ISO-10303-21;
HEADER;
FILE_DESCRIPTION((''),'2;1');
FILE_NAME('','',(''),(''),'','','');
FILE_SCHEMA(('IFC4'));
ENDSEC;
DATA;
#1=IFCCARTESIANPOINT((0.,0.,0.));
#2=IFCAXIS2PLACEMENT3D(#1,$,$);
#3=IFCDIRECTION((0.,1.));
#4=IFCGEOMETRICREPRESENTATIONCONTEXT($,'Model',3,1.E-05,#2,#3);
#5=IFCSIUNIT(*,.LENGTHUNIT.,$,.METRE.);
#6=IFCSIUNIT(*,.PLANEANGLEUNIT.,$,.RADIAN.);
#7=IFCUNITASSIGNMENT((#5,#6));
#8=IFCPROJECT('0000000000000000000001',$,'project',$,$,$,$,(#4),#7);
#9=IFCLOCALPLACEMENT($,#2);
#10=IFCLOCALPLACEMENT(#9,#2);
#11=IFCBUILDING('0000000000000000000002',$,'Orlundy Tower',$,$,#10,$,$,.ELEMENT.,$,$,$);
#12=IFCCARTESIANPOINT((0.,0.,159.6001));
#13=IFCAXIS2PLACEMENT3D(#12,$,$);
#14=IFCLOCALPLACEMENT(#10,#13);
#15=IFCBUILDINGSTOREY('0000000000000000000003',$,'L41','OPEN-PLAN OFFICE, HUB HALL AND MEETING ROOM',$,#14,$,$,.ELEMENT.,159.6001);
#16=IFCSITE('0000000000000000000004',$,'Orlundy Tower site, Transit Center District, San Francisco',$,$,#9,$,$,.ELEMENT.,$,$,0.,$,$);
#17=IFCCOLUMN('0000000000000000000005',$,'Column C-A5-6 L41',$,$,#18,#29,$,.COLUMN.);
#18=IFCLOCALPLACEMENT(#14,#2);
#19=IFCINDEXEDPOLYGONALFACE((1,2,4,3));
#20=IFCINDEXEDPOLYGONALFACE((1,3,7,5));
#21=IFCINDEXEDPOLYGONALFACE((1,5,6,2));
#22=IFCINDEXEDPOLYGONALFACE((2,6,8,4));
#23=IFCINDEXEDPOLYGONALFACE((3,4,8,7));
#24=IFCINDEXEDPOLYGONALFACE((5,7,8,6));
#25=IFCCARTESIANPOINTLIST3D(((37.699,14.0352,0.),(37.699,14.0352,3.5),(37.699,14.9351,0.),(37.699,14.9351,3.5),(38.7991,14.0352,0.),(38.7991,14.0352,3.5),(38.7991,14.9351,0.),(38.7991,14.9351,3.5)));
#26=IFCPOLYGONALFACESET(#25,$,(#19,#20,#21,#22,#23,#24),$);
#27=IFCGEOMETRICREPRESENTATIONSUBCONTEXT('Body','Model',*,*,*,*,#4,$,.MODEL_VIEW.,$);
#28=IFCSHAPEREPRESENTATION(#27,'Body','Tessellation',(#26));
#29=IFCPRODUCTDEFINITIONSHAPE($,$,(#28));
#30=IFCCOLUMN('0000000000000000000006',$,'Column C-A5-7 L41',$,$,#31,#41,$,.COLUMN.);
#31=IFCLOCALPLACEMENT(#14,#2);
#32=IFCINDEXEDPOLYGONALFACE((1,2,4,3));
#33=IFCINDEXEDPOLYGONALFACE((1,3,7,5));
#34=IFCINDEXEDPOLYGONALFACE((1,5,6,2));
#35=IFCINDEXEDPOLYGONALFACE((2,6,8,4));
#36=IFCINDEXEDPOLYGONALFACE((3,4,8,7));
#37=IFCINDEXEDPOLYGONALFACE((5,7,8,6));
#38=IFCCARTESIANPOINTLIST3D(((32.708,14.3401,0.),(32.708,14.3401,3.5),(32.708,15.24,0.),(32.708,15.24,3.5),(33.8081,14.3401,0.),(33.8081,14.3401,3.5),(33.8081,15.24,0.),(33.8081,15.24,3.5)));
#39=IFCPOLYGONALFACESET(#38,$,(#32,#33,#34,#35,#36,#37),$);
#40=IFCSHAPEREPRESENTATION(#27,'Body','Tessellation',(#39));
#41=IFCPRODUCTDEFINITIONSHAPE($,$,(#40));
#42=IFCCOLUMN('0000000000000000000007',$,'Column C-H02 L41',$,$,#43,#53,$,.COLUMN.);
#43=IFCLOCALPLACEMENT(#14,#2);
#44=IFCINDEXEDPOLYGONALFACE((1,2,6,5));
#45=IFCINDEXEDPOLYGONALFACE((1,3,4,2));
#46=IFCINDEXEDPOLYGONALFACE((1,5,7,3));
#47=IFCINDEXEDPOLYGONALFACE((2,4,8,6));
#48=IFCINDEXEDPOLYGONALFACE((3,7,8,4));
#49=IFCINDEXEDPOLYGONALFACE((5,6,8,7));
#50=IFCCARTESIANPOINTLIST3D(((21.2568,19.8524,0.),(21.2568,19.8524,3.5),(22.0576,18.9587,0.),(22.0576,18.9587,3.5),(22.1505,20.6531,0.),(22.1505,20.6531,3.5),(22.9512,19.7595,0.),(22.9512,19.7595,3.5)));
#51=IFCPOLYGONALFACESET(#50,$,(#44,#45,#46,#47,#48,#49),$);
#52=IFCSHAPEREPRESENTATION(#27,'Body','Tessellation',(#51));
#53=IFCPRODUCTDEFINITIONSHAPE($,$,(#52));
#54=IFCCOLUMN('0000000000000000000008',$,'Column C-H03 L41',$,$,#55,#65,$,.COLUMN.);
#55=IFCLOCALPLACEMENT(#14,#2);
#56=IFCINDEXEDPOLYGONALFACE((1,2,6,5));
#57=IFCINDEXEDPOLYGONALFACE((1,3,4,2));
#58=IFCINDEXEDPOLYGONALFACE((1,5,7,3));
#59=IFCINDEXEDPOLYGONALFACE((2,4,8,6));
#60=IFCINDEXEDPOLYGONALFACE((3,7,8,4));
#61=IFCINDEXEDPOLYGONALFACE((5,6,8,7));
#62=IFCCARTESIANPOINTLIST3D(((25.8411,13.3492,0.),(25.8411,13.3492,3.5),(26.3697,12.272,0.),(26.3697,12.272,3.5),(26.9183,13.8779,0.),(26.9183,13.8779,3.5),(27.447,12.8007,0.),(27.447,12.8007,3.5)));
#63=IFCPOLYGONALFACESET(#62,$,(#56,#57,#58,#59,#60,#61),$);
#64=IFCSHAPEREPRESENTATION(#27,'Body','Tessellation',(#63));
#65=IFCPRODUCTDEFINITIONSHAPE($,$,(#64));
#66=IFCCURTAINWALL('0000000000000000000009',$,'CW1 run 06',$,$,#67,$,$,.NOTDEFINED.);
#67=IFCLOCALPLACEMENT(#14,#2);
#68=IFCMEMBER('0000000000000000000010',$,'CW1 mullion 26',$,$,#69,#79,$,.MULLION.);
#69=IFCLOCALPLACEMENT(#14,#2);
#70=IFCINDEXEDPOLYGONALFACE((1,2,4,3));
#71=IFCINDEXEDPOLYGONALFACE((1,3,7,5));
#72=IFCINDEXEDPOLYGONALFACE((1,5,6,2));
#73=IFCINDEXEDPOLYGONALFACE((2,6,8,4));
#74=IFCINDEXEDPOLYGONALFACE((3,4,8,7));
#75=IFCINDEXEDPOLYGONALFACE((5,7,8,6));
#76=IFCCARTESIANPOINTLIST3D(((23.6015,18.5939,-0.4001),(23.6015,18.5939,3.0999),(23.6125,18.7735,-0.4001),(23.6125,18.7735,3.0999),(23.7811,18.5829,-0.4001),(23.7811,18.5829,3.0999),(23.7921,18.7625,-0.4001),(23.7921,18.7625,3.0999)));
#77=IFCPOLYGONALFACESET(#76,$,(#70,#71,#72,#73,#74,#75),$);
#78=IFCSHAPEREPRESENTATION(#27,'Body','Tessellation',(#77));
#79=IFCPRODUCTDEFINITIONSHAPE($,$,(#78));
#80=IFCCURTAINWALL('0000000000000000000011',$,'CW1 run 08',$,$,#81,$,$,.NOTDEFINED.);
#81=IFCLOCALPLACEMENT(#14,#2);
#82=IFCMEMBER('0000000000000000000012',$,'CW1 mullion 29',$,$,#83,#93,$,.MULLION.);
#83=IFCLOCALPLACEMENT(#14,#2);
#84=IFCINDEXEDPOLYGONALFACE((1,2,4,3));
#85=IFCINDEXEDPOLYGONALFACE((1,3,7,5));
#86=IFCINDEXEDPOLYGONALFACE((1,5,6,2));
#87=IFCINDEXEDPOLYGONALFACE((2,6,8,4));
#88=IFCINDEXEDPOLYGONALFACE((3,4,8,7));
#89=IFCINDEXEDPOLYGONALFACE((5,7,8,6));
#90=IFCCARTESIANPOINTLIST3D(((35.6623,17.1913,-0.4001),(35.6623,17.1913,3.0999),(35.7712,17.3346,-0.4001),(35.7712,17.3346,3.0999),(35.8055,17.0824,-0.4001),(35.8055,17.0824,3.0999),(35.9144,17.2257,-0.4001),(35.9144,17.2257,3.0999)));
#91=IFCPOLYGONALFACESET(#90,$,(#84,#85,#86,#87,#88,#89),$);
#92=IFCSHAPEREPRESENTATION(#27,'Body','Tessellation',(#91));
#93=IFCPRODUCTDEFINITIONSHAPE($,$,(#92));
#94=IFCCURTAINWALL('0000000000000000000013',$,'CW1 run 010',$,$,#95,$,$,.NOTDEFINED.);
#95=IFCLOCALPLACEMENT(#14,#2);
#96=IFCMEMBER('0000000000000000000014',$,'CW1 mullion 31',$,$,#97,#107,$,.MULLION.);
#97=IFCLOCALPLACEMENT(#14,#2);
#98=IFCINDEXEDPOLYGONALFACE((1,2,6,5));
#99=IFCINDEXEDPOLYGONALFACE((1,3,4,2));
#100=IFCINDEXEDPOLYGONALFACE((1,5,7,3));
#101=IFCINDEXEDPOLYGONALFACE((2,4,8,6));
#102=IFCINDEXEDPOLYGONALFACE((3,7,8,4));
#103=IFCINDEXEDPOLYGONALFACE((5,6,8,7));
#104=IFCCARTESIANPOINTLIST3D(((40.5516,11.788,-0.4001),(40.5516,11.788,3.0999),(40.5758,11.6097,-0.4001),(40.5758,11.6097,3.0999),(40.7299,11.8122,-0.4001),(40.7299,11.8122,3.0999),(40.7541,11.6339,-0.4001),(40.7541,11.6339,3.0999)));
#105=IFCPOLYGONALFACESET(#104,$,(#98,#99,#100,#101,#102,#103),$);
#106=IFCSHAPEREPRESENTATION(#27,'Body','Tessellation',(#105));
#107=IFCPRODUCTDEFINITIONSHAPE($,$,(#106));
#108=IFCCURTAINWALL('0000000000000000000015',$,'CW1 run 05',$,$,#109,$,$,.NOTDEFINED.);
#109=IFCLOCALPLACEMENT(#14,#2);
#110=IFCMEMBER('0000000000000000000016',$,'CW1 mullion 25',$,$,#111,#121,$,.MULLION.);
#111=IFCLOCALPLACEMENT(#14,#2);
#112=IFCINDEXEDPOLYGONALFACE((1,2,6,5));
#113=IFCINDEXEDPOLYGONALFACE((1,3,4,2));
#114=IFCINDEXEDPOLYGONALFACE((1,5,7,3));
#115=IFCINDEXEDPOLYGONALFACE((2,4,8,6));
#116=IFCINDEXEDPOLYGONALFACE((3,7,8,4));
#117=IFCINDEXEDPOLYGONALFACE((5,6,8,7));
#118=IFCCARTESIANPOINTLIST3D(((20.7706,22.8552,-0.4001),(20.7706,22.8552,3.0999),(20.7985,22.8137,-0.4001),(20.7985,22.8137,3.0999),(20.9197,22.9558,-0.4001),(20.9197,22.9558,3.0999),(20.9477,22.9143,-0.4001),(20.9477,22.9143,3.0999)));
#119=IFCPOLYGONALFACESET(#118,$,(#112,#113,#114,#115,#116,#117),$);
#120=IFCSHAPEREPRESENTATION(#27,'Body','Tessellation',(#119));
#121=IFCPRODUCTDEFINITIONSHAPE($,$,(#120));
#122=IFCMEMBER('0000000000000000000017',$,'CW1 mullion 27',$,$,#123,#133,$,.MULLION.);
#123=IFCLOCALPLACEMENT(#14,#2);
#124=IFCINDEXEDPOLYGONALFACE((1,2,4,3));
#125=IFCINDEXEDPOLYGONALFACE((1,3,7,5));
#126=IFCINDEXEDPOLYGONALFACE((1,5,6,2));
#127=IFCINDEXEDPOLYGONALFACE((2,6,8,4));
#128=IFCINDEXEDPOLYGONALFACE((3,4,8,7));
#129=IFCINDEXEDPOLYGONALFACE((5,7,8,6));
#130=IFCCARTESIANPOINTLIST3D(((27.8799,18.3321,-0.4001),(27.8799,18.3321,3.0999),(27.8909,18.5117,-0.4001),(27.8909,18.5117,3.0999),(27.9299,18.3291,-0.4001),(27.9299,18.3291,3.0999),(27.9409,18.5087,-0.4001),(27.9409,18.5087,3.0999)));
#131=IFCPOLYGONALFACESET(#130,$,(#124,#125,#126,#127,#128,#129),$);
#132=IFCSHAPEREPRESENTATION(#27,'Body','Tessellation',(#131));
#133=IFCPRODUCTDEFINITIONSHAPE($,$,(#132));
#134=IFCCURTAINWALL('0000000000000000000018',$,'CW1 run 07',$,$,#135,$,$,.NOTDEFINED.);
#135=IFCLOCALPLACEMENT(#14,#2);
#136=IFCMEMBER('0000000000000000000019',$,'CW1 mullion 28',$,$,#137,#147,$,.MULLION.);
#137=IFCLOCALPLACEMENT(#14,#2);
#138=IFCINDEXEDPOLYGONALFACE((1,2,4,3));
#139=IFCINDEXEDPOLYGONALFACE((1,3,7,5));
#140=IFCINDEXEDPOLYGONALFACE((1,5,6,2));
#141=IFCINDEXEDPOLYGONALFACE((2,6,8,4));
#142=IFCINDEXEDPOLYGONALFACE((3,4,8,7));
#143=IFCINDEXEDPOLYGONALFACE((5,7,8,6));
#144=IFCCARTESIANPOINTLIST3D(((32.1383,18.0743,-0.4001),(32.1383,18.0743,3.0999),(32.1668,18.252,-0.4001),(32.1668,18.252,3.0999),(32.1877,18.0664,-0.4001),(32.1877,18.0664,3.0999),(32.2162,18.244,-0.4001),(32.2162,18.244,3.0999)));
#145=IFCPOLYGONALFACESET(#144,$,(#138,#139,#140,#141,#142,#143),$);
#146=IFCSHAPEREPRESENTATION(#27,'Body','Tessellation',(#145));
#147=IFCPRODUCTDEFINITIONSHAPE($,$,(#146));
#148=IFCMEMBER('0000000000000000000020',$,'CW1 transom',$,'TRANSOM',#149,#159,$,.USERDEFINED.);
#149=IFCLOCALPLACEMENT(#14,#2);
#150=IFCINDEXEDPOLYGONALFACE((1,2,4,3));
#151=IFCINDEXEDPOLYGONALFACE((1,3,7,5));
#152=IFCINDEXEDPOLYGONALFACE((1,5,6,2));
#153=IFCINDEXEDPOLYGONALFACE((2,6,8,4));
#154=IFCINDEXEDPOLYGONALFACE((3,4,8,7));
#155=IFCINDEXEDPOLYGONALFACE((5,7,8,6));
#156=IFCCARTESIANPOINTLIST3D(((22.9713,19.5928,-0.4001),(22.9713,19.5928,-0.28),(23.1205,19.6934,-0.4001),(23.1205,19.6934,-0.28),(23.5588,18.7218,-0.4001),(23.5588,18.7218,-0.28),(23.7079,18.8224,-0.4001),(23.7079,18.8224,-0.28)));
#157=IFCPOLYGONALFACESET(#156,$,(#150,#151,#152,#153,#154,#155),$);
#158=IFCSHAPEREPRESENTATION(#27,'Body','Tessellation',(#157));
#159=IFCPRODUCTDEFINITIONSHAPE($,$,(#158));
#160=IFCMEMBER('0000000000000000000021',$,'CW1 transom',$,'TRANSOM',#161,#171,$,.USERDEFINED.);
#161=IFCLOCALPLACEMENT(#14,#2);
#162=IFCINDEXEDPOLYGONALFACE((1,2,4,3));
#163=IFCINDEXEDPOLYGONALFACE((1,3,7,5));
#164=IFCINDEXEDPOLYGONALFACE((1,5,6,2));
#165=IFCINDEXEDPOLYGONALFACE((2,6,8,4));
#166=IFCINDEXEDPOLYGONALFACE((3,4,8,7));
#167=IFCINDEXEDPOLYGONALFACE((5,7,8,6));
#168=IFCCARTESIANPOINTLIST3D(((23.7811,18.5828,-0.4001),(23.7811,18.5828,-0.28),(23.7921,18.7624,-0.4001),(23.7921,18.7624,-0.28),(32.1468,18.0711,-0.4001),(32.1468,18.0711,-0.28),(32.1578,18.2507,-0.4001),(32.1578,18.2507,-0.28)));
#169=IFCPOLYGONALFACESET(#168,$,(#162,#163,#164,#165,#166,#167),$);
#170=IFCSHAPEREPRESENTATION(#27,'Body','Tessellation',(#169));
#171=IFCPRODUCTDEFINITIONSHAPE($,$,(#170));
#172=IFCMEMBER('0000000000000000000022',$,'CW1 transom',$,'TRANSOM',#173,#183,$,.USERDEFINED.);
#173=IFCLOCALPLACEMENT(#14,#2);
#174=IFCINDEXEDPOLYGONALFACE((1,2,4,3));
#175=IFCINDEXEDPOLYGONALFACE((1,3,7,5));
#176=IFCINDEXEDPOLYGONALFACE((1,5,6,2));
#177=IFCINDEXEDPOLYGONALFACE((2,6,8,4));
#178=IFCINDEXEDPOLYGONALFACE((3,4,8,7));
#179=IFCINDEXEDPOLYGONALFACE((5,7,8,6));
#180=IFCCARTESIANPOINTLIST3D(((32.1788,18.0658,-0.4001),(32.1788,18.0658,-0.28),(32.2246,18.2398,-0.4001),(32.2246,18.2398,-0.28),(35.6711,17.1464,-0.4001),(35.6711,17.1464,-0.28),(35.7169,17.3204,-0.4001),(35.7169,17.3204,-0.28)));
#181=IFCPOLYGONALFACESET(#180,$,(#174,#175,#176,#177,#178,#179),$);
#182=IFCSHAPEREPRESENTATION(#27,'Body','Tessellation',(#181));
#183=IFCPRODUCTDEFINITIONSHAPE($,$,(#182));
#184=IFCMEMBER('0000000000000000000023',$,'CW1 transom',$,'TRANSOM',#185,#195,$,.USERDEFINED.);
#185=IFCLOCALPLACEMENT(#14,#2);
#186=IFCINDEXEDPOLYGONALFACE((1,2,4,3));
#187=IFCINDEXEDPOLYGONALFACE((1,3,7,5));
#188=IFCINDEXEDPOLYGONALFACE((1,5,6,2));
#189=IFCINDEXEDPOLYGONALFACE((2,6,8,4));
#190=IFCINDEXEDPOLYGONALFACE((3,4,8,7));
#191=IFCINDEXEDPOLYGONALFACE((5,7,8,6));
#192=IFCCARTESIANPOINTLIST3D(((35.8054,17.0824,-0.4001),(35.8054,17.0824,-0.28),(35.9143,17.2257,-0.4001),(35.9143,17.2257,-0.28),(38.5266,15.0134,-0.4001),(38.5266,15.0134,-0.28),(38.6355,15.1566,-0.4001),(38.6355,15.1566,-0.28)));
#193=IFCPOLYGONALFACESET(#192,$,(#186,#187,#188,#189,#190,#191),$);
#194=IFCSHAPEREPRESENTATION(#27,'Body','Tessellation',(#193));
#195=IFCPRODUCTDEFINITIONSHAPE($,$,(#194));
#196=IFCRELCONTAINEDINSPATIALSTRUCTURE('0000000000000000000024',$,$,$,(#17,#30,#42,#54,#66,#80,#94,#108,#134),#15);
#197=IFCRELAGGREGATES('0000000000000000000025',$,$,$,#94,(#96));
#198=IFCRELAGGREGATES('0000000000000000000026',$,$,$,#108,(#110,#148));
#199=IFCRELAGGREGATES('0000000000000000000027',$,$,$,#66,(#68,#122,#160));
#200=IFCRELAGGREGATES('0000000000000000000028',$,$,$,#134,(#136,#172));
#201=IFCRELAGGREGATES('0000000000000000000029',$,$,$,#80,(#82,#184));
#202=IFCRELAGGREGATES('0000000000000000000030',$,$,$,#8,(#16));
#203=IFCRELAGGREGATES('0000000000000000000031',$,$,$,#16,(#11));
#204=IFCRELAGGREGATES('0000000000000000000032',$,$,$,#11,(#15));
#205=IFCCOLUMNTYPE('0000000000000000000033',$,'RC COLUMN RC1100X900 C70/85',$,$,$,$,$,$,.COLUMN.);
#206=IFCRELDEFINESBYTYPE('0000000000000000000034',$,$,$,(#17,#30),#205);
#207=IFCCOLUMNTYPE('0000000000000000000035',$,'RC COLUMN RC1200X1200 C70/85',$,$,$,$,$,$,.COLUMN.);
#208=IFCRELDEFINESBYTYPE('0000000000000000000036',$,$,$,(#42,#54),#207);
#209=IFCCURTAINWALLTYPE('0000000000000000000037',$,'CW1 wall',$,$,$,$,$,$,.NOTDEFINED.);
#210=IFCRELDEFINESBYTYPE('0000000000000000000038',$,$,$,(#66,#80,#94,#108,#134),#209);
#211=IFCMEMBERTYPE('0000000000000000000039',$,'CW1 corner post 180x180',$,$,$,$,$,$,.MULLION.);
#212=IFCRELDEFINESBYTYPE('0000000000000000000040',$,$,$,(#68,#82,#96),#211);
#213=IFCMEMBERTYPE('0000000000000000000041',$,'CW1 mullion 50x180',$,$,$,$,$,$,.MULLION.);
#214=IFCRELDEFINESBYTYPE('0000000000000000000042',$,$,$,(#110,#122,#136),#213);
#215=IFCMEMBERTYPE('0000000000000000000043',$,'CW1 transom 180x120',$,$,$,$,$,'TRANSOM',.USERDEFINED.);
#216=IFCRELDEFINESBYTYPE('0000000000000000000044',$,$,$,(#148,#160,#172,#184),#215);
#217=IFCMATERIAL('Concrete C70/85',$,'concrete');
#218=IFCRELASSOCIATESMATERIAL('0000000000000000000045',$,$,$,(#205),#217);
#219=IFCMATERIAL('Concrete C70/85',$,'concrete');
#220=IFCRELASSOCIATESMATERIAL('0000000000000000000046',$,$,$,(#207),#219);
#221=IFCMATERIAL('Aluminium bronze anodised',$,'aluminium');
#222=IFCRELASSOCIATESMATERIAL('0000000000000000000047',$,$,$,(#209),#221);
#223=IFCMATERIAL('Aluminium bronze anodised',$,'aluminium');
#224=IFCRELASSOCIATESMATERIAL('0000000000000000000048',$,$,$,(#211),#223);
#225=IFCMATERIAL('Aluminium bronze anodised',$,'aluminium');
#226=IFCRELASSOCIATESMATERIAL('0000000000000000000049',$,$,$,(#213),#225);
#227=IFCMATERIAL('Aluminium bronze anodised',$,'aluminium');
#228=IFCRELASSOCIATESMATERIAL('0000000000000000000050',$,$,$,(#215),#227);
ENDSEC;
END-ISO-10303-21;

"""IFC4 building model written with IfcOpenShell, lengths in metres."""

from ifc_helpers import new_model, si_unit, direction, frame, origin, origin_2d, place, context, subcontext, project, spatial, rectangle, extrude, material, material_profile, profile_set, type_object, element, aggregate, save


model = new_model("IFC4")

# Units and contexts
model_context = context("Model", 3, precision=1e-05, world=origin(), true_north=direction((0.0, 1.0)))
body_context = subcontext(model_context, "Body", "Model", "MODEL_VIEW")
ifc_project = project(units=[si_unit("LENGTHUNIT", "METRE"), si_unit("PLANEANGLEUNIT", "RADIAN")], contexts=[model_context])

# Site, building, storey
site_placement = place(None, origin())
site = spatial("IfcSite", under=ifc_project, at=site_placement, Name="Orlundy Tower site, Transit Center District, San Francisco", CompositionType="ELEMENT", RefElevation=0.0)
building_placement = place(site_placement, origin())
building = spatial("IfcBuilding", under=site, at=building_placement, Name="Orlundy Tower", CompositionType="ELEMENT")
storey_placement = place(building_placement, frame((0.0, 0.0, 159.6001)))
storey = spatial("IfcBuildingStorey", under=building, at=storey_placement, Name="L41", Description="OPEN-PLAN OFFICE, HUB HALL AND MEETING ROOM", CompositionType="ELEMENT", Elevation=159.6001)

# Columns
ifc_material_1 = material(Name="Concrete C70/85", Category="concrete")
ifc_material_profile_1 = material_profile(ifc_material_1, rectangle(XDim=1.1001, YDim=0.8999, at=origin_2d()), Name="RC1100X900")
ifc_profile_set_1 = profile_set([ifc_material_profile_1], Name="Concrete C70/85")
column_type_1 = type_object("IfcColumnType", Name="RC COLUMN RC1100X900 C70/85", PredefinedType="COLUMN", material=ifc_profile_set_1)
for number, where, z_axis, x_axis, name in (
    (1, (38.249, 14.4851, 0.0), (0.0, 0.0, 1.0), (1.0, 0.0, 0.0), "Column C-A5-6 L41"),
    (2, (33.2581, 14.79, 0.0), (0.0, 0.0, 1.0), (1.0, 0.0, 0.0), "Column C-A5-7 L41"),
):
    element("IfcColumn", number, at=place(storey_placement, frame(where, z_axis=z_axis, x_axis=x_axis)), inside=storey, type_object=column_type_1, Name=name, PredefinedType="COLUMN", context=body_context, shape_type="SweptSolid", body=[
        extrude(rectangle(XDim=1.1001, YDim=0.8999, at=origin_2d()), origin(), (0.0, 0.0, 1.0), 3.5),
    ])
ifc_material_2 = material(Name="Concrete C70/85", Category="concrete")
ifc_material_profile_2 = material_profile(ifc_material_2, rectangle(XDim=1.2, YDim=1.2, at=origin_2d()), Name="RC1200X1200")
ifc_profile_set_2 = profile_set([ifc_material_profile_2], Name="Concrete C70/85")
column_type_2 = type_object("IfcColumnType", Name="RC COLUMN RC1200X1200 C70/85", PredefinedType="COLUMN", material=ifc_profile_set_2)
for number, where, z_axis, x_axis, name in (
    (3, (22.104, 19.8059, 0.0), (0.0, 0.0, 1.0), (0.744754, 0.667339, 0.0), "Column C-H02 L41"),
    (4, (26.644, 13.075, 0.0), (0.0, 0.0, 1.0), (0.897728, 0.44055, 0.0), "Column C-H03 L41"),
):
    element("IfcColumn", number, at=place(storey_placement, frame(where, z_axis=z_axis, x_axis=x_axis)), inside=storey, type_object=column_type_2, Name=name, PredefinedType="COLUMN", context=body_context, shape_type="SweptSolid", body=[
        extrude(rectangle(XDim=1.2, YDim=1.2, at=origin_2d()), origin(), (0.0, 0.0, 1.0), 3.5),
    ])

# Curtain walls, members
ifc_material_3 = material(Name="Aluminium bronze anodised", Category="aluminium")
curtain_wall_type = type_object("IfcCurtainWallType", Name="CW1 wall", PredefinedType="NOTDEFINED", material=ifc_material_3)
curtain_wall_1_placement = place(storey_placement, origin())
curtain_wall_1 = element("IfcCurtainWall", 5, at=curtain_wall_1_placement, inside=storey, type_object=curtain_wall_type, Name="CW1 run 06", PredefinedType="NOTDEFINED")
ifc_material_4 = material(Name="Aluminium bronze anodised", Category="aluminium")
ifc_material_profile_3 = material_profile(ifc_material_4, rectangle(XDim=0.1799, YDim=0.1799, at=origin_2d()), Name="CW1 corner post 180x180")
ifc_profile_set_3 = profile_set([ifc_material_profile_3], Name="Aluminium bronze anodised")
member_type_1 = type_object("IfcMemberType", Name="CW1 corner post 180x180", PredefinedType="MULLION", material=ifc_profile_set_3)
member_1_placement = place(storey_placement, frame((23.6968, 18.6782, -0.4001), z_axis=(0.0, 0.0, 1.0), x_axis=(0.061065, 0.998134, 0.0)))
member_1 = element("IfcMember", 6, at=member_1_placement, type_object=member_type_1, Name="CW1 mullion 26", PredefinedType="MULLION", context=body_context, shape_type="SweptSolid", body=[
    extrude(rectangle(XDim=0.1799, YDim=0.1799, at=origin_2d()), origin(), (0.0, 0.0, 1.0), 3.5),
])
curtain_wall_2_placement = place(storey_placement, origin())
curtain_wall_2 = element("IfcCurtainWall", 7, at=curtain_wall_2_placement, inside=storey, type_object=curtain_wall_type, Name="CW1 run 08", PredefinedType="NOTDEFINED")
member_2_placement = place(storey_placement, frame((35.7883, 17.2085, -0.4001), z_axis=(0.0, 0.0, 1.0), x_axis=(0.605254, 0.796032, 0.0)))
member_2 = element("IfcMember", 8, at=member_2_placement, type_object=member_type_1, Name="CW1 mullion 29", PredefinedType="MULLION", context=body_context, shape_type="SweptSolid", body=[
    extrude(rectangle(XDim=0.1799, YDim=0.1799, at=origin_2d()), origin(), (0.0, 0.0, 1.0), 3.5),
])
curtain_wall_3_placement = place(storey_placement, origin())
curtain_wall_3 = element("IfcCurtainWall", 9, at=curtain_wall_3_placement, inside=storey, type_object=curtain_wall_type, Name="CW1 run 010", PredefinedType="NOTDEFINED")
member_3_placement = place(storey_placement, frame((40.6528, 11.7109, -0.4001), z_axis=(0.0, 0.0, 1.0), x_axis=(0.990897, 0.13462, 0.0)))
member_3 = element("IfcMember", 10, at=member_3_placement, type_object=member_type_1, Name="CW1 mullion 31", PredefinedType="MULLION", context=body_context, shape_type="SweptSolid", body=[
    extrude(rectangle(XDim=0.1799, YDim=0.1799, at=origin_2d()), origin(), (0.0, 0.0, 1.0), 3.5),
])
curtain_wall_4_placement = place(storey_placement, origin())
curtain_wall_4 = element("IfcCurtainWall", 11, at=curtain_wall_4_placement, inside=storey, type_object=curtain_wall_type, Name="CW1 run 05", PredefinedType="NOTDEFINED")
ifc_material_5 = material(Name="Aluminium bronze anodised", Category="aluminium")
ifc_material_profile_4 = material_profile(ifc_material_5, rectangle(XDim=0.1799, YDim=0.05, at=origin_2d()), Name="CW1 mullion 50x180")
ifc_profile_set_4 = profile_set([ifc_material_profile_4], Name="Aluminium bronze anodised")
member_type_2 = type_object("IfcMemberType", Name="CW1 mullion 50x180", PredefinedType="MULLION", material=ifc_profile_set_4)
member_4_placement = place(storey_placement, frame((20.8591, 22.8848, -0.4001), z_axis=(0.0, 0.0, 1.0), x_axis=(0.829017, 0.559223, 0.0)))
member_4 = element("IfcMember", 12, at=member_4_placement, type_object=member_type_2, Name="CW1 mullion 25", PredefinedType="MULLION", context=body_context, shape_type="SweptSolid", body=[
    extrude(rectangle(XDim=0.1799, YDim=0.05, at=origin_2d()), origin(), (0.0, 0.0, 1.0), 3.5),
])

# Member
member_5_placement = place(storey_placement, frame((27.9104, 18.4204, -0.4001), z_axis=(0.0, 0.0, 1.0), x_axis=(0.061065, 0.998134, 0.0)))
member_5 = element("IfcMember", 13, at=member_5_placement, type_object=member_type_2, Name="CW1 mullion 27", PredefinedType="MULLION", context=body_context, shape_type="SweptSolid", body=[
    extrude(rectangle(XDim=0.1799, YDim=0.05, at=origin_2d()), origin(), (0.0, 0.0, 1.0), 3.5),
])

# Curtain wall, member
curtain_wall_5_placement = place(storey_placement, origin())
curtain_wall_5 = element("IfcCurtainWall", 14, at=curtain_wall_5_placement, inside=storey, type_object=curtain_wall_type, Name="CW1 run 07", PredefinedType="NOTDEFINED")
member_6_placement = place(storey_placement, frame((32.1772, 18.1592, -0.4001), z_axis=(0.0, 0.0, 1.0), x_axis=(0.158616, 0.98734, 0.0)))
member_6 = element("IfcMember", 15, at=member_6_placement, type_object=member_type_2, Name="CW1 mullion 28", PredefinedType="MULLION", context=body_context, shape_type="SweptSolid", body=[
    extrude(rectangle(XDim=0.1799, YDim=0.05, at=origin_2d()), origin(), (0.0, 0.0, 1.0), 3.5),
])

# Members
ifc_material_6 = material(Name="Aluminium bronze anodised", Category="aluminium")
ifc_material_profile_5 = material_profile(ifc_material_6, rectangle(XDim=0.1799, YDim=0.1201, at=origin_2d()), Name="CW1 transom 180x120")
ifc_profile_set_5 = profile_set([ifc_material_profile_5], Name="Aluminium bronze anodised")
member_type_3 = type_object("IfcMemberType", Name="CW1 transom 180x120", ElementType="TRANSOM", PredefinedType="USERDEFINED", material=ifc_profile_set_5)
member_7_placement = place(storey_placement, frame((23.0459, 19.6431, -0.3401), z_axis=(0.559197, -0.829035, 0.0), x_axis=(0.829035, 0.559197, 0.0)))
member_7 = element("IfcMember", 16, at=member_7_placement, type_object=member_type_3, Name="CW1 transom", ObjectType="TRANSOM", PredefinedType="USERDEFINED", context=body_context, shape_type="SweptSolid", body=[
    extrude(rectangle(XDim=0.1799, YDim=0.1201, at=origin_2d()), origin(), (0.0, 0.0, 1.0), 1.0505),
])
member_8_placement = place(storey_placement, frame((23.7866, 18.6726, -0.3401), z_axis=(0.998134, -0.061054, 0.0), x_axis=(0.061054, 0.998134, 0.0)))
member_8 = element("IfcMember", 17, at=member_8_placement, type_object=member_type_3, Name="CW1 transom", ObjectType="TRANSOM", PredefinedType="USERDEFINED", context=body_context, shape_type="SweptSolid", body=[
    extrude(rectangle(XDim=0.1799, YDim=0.1201, at=origin_2d()), origin(), (0.0, 0.0, 1.0), 8.3813),
])
member_9_placement = place(storey_placement, frame((32.2017, 18.1528, -0.3401), z_axis=(0.967049, -0.25459, 0.0), x_axis=(0.25459, 0.967049, 0.0)))
member_9 = element("IfcMember", 18, at=member_9_placement, type_object=member_type_3, Name="CW1 transom", ObjectType="TRANSOM", PredefinedType="USERDEFINED", context=body_context, shape_type="SweptSolid", body=[
    extrude(rectangle(XDim=0.1799, YDim=0.1201, at=origin_2d()), origin(), (0.0, 0.0, 1.0), 3.6113),
])
member_10_placement = place(storey_placement, frame((35.8599, 17.1541, -0.3401), z_axis=(0.796023, -0.605266, 0.0), x_axis=(0.605266, 0.796023, 0.0)))
member_10 = element("IfcMember", 19, at=member_10_placement, type_object=member_type_3, Name="CW1 transom", ObjectType="TRANSOM", PredefinedType="USERDEFINED", context=body_context, shape_type="SweptSolid", body=[
    extrude(rectangle(XDim=0.1799, YDim=0.1201, at=origin_2d()), origin(), (0.0, 0.0, 1.0), 3.4185),
])

aggregate(curtain_wall_3, [member_3])

aggregate(curtain_wall_4, [member_4, member_7])
aggregate(curtain_wall_1, [member_1, member_5, member_8])
aggregate(curtain_wall_5, [member_6, member_9])
aggregate(curtain_wall_2, [member_2, member_10])

save(model, "model.ifc")
